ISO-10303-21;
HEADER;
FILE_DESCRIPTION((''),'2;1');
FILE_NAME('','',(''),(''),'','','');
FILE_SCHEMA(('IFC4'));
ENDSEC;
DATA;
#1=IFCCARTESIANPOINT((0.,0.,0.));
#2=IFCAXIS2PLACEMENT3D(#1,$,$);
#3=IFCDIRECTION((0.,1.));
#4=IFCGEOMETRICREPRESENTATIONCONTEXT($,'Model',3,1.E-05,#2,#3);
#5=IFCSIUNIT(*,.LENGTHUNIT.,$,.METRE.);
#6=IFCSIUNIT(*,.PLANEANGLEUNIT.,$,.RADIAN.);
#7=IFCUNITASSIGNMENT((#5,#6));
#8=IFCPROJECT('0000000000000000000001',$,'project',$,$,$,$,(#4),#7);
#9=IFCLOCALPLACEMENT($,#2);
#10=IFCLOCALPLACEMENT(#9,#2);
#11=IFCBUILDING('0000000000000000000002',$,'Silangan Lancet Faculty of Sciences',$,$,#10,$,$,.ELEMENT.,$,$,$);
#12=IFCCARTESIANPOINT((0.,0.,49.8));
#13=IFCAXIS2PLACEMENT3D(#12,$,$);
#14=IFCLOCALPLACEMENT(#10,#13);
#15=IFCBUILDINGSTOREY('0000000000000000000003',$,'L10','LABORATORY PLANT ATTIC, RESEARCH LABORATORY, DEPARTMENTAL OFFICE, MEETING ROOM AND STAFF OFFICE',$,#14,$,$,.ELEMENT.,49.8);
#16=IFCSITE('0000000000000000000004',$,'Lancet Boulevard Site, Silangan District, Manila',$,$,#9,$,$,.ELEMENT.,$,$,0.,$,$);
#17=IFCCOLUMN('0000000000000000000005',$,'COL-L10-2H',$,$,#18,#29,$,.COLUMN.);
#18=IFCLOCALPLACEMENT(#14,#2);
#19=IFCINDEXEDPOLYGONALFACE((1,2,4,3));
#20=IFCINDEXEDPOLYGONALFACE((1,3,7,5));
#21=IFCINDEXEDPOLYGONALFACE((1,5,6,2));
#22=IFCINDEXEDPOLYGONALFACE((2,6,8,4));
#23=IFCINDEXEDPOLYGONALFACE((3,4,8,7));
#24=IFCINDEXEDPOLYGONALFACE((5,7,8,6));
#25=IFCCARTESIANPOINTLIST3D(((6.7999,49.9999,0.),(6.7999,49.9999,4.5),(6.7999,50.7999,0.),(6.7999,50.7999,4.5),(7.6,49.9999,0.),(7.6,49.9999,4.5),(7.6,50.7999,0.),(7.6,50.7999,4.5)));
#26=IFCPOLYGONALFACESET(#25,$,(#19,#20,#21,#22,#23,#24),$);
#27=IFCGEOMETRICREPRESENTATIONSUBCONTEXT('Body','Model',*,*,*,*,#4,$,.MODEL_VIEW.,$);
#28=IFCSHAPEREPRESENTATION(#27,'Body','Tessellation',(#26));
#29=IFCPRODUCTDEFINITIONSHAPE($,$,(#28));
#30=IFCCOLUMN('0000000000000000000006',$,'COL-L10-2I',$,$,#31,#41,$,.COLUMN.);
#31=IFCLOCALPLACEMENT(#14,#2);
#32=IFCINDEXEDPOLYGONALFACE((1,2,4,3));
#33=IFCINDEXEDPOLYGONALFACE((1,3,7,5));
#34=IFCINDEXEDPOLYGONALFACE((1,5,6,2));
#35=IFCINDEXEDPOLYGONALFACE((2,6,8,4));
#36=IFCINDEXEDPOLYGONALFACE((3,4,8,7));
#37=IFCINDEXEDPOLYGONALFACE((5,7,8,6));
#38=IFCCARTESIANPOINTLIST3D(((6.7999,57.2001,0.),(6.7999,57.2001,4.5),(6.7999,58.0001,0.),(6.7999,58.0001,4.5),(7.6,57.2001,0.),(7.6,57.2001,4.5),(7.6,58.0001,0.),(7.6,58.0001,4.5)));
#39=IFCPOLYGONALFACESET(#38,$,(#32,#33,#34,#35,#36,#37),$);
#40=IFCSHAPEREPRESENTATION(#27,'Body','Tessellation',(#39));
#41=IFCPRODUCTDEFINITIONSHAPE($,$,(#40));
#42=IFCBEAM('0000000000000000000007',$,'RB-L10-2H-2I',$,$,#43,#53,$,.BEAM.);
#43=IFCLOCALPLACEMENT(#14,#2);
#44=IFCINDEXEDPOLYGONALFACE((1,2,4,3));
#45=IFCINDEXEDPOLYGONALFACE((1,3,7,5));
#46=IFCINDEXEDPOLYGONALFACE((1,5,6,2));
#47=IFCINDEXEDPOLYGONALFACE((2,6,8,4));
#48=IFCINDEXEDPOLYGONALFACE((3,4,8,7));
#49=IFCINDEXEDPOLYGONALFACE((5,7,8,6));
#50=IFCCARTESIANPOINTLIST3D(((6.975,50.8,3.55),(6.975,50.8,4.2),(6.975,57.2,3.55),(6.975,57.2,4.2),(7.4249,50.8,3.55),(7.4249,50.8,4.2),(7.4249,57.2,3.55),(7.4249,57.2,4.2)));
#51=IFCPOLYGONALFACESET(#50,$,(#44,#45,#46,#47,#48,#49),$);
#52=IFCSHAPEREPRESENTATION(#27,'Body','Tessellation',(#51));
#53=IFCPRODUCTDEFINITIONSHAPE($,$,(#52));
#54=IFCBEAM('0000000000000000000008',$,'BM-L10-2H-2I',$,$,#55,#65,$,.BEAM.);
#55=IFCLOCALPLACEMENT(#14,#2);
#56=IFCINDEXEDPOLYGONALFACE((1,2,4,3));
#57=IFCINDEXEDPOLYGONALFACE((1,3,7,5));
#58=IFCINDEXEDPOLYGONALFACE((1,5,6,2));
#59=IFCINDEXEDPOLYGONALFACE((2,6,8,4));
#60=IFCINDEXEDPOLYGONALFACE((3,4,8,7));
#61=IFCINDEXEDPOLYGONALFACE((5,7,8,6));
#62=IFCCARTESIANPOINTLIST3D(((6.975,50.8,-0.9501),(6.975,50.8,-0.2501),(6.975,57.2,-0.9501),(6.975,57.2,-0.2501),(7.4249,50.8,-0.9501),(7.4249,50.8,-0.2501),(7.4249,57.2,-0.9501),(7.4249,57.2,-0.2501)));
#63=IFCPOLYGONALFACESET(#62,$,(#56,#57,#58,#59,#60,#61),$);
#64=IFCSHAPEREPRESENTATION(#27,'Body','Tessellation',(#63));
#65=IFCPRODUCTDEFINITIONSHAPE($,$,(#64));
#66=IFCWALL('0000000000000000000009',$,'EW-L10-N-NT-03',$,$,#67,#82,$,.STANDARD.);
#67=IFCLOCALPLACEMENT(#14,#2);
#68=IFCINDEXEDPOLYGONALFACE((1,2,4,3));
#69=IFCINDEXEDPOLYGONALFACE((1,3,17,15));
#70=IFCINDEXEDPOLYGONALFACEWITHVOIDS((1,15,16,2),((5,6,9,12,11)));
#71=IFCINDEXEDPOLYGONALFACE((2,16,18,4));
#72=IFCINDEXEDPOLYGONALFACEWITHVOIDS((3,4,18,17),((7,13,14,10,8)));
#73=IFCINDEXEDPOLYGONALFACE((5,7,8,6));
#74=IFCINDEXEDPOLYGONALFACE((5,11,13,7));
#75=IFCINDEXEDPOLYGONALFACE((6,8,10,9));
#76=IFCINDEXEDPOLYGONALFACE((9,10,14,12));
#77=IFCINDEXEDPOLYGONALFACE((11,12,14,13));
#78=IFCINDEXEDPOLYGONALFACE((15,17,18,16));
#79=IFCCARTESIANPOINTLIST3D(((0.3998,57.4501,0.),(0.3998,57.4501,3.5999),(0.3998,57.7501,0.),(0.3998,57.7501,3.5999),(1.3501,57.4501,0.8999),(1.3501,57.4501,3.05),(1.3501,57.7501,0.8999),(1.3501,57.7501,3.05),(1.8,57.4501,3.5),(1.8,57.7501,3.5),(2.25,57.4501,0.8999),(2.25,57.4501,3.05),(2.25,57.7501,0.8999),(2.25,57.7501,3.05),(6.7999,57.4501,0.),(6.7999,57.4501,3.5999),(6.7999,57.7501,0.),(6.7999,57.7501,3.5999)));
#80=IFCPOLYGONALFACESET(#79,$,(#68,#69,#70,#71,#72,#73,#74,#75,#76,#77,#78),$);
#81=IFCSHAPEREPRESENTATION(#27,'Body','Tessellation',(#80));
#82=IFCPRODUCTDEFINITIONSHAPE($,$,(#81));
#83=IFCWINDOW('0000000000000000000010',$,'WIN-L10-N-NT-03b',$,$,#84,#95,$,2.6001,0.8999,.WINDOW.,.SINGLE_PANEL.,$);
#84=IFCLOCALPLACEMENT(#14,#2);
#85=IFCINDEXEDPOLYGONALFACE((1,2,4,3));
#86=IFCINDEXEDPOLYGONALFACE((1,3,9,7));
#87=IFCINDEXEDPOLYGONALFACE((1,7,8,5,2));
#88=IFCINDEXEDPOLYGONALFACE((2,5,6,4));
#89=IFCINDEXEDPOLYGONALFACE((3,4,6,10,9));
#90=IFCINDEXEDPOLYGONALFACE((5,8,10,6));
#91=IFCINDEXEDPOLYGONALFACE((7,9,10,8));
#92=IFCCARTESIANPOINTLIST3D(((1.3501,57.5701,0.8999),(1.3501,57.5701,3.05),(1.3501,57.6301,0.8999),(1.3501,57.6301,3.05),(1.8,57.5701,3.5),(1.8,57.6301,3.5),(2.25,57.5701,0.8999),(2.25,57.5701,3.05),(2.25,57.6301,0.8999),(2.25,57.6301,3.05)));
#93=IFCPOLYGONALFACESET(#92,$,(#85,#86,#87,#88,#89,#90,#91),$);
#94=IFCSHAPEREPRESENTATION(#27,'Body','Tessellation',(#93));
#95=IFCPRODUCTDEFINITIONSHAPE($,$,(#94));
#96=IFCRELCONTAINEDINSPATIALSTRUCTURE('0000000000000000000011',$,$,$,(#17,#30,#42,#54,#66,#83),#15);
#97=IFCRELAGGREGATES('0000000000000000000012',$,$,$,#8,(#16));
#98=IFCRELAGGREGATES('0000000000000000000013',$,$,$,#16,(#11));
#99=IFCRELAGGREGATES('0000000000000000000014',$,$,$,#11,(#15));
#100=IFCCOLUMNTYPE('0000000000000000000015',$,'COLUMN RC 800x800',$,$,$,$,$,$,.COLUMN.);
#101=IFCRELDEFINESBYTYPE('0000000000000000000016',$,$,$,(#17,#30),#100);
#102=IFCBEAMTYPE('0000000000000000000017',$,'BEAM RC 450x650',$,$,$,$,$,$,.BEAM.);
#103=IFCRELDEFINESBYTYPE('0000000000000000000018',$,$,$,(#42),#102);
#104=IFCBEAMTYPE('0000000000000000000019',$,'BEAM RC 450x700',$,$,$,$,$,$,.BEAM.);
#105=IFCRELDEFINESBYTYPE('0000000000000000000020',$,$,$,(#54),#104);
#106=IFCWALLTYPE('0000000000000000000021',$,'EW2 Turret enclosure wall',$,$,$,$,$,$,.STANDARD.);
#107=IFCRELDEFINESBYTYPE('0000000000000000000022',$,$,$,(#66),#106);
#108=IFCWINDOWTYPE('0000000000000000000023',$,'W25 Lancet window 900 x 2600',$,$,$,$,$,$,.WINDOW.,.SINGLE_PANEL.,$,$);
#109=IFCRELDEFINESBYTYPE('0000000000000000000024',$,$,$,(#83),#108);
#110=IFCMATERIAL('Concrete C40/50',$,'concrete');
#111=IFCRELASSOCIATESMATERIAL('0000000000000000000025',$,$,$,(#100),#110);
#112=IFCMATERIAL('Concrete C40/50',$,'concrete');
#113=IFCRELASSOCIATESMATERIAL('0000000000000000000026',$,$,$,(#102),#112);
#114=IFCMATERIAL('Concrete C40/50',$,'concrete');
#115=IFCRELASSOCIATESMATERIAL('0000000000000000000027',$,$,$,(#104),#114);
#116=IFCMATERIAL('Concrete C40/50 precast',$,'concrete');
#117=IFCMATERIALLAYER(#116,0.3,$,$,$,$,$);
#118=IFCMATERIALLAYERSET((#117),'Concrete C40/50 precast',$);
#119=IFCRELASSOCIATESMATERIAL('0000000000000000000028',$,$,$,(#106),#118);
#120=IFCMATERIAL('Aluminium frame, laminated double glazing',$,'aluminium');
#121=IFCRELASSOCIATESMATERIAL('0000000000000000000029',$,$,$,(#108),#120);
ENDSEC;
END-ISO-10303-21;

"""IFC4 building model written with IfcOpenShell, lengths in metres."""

from ifc_helpers import new_model, si_unit, direction, frame, frame_2d, origin, origin_2d, place, context, subcontext, project, spatial, polyline, rectangle, outline, extrude, material, layer, layer_set, material_profile, profile_set, type_object, element, fill, save


model = new_model("IFC4")

# Units and contexts
model_context = context("Model", 3, precision=1e-05, world=origin(), true_north=direction((0.0, 1.0)))
body_context = subcontext(model_context, "Body", "Model", "MODEL_VIEW")
ifc_project = project(units=[si_unit("LENGTHUNIT", "METRE"), si_unit("PLANEANGLEUNIT", "RADIAN")], contexts=[model_context])

# Site, building, storey
site_placement = place(None, origin())
site = spatial("IfcSite", under=ifc_project, at=site_placement, Name="Lancet Boulevard Site, Silangan District, Manila", CompositionType="ELEMENT", RefElevation=0.0)
building_placement = place(site_placement, origin())
building = spatial("IfcBuilding", under=site, at=building_placement, Name="Silangan Lancet Faculty of Sciences", CompositionType="ELEMENT")
storey_placement = place(building_placement, frame((0.0, 0.0, 49.8)))
storey = spatial("IfcBuildingStorey", under=building, at=storey_placement, Name="L10", Description="LABORATORY PLANT ATTIC, RESEARCH LABORATORY, DEPARTMENTAL OFFICE, MEETING ROOM AND STAFF OFFICE", CompositionType="ELEMENT", Elevation=49.8)

# Columns
ifc_material_1 = material(Name="Concrete C40/50", Category="concrete")
ifc_material_profile_1 = material_profile(ifc_material_1, rectangle(XDim=0.8, YDim=0.8, at=origin_2d()), Name="RC 800x800")
ifc_profile_set_1 = profile_set([ifc_material_profile_1], Name="Concrete C40/50")
column_type = type_object("IfcColumnType", Name="COLUMN RC 800x800", PredefinedType="COLUMN", material=ifc_profile_set_1)
for number, where, z_axis, x_axis, name in (
    (1, (7.2, 50.3999, 0.0), (0.0, 0.0, 1.0), (1.0, 0.0, 0.0), "COL-L10-2H"),
    (2, (7.2, 57.6001, 0.0), (0.0, 0.0, 1.0), (1.0, 0.0, 0.0), "COL-L10-2I"),
):
    element("IfcColumn", number, at=place(storey_placement, frame(where, z_axis=z_axis, x_axis=x_axis)), inside=storey, type_object=column_type, Name=name, PredefinedType="COLUMN", context=body_context, shape_type="SweptSolid", body=[
        extrude(rectangle(XDim=0.8, YDim=0.8, at=origin_2d()), origin(), (0.0, 0.0, 1.0), 4.5),
    ])

# Beams
ifc_material_2 = material(Name="Concrete C40/50", Category="concrete")
ifc_material_profile_2 = material_profile(ifc_material_2, rectangle(XDim=0.45, YDim=0.6499, at=origin_2d()), Name="RC 450x650")
ifc_profile_set_2 = profile_set([ifc_material_profile_2], Name="Concrete C40/50")
beam_type_1 = type_object("IfcBeamType", Name="BEAM RC 450x650", PredefinedType="BEAM", material=ifc_profile_set_2)
beam_1_placement = place(storey_placement, frame((7.2, 50.8, 3.875), z_axis=(0.0, 1.0, 0.0), x_axis=(-1.0, 0.0, 0.0)))
element("IfcBeam", 3, at=beam_1_placement, inside=storey, type_object=beam_type_1, Name="RB-L10-2H-2I", PredefinedType="BEAM", context=body_context, shape_type="SweptSolid", body=[
    extrude(rectangle(XDim=0.45, YDim=0.6499, at=origin_2d()), origin(), (0.0, 0.0, 1.0), 6.3999),
])
ifc_material_3 = material(Name="Concrete C40/50", Category="concrete")
ifc_material_profile_3 = material_profile(ifc_material_3, rectangle(XDim=0.45, YDim=0.7, at=origin_2d()), Name="RC 450x700")
ifc_profile_set_3 = profile_set([ifc_material_profile_3], Name="Concrete C40/50")
beam_type_2 = type_object("IfcBeamType", Name="BEAM RC 450x700", PredefinedType="BEAM", material=ifc_profile_set_3)
beam_2_placement = place(storey_placement, frame((7.2, 50.8, -0.6001), z_axis=(0.0, 1.0, 0.0), x_axis=(-1.0, 0.0, 0.0)))
element("IfcBeam", 4, at=beam_2_placement, inside=storey, type_object=beam_type_2, Name="BM-L10-2H-2I", PredefinedType="BEAM", context=body_context, shape_type="SweptSolid", body=[
    extrude(rectangle(XDim=0.45, YDim=0.7, at=origin_2d()), origin(), (0.0, 0.0, 1.0), 6.3999),
])

# Wall, opening, window
ifc_material_4 = material(Name="Concrete C40/50 precast", Category="concrete")
ifc_layer_1 = layer(ifc_material_4, 0.3)
ifc_layer_set_1 = layer_set([ifc_layer_1], Name="Concrete C40/50 precast")
wall_type_1 = type_object("IfcWallType", Name="EW2 Turret enclosure wall", PredefinedType="STANDARD", material=ifc_layer_set_1)
wall_1_placement = place(storey_placement, frame((6.8, 57.6001, 0.0), z_axis=(0.0, 0.0, 1.0), x_axis=(-1.0, 0.0, 0.0)))
wall_1 = element("IfcWall", 5, at=wall_1_placement, inside=storey, type_object=wall_type_1, Name="EW-L10-N-NT-03", PredefinedType="STANDARD", context=body_context, shape_type="SweptSolid", body=[
    extrude(rectangle(XDim=6.4001, YDim=0.3, at=frame_2d((3.2002, 0.0))), origin(), (0.0, 0.0, 1.0), 3.5999),
])
opening_1_placement = place(wall_1_placement, frame((4.55, 0.0, 0.8999)))
opening_1 = element("IfcOpeningElement", 6, at=opening_1_placement, cuts=wall_1, PredefinedType="OPENING", context=body_context, shape_type="SweptSolid", body=[
    extrude(outline(polyline([(0.0, 0.0), (0.8999, 0.0), (0.8999, 2.1501), (0.45, 2.6001), (0.0, 2.1501), (0.0, 0.0)])), frame((0.0, 0.1599, 0.0), z_axis=(0.0, -1.0, 0.0), x_axis=(1.0, 0.0, 0.0)), (0.0, 0.0, 1.0), 0.3201),
])
ifc_material_5 = material(Name="Aluminium frame, laminated double glazing", Category="aluminium")
window_type = type_object("IfcWindowType", Name="W25 Lancet window 900 x 2600", PartitioningType="SINGLE_PANEL", PredefinedType="WINDOW", material=ifc_material_5)
window_placement = place(opening_1_placement, origin())
window = element("IfcWindow", 7, at=window_placement, inside=storey, type_object=window_type, Name="WIN-L10-N-NT-03b", OverallHeight=2.6001, OverallWidth=0.8999, PartitioningType="SINGLE_PANEL", PredefinedType="WINDOW", context=body_context, shape_type="SweptSolid", body=[
    extrude(outline(polyline([(0.0, 0.0), (0.8999, 0.0), (0.8999, 2.1501), (0.45, 2.6001), (0.0, 2.1501), (0.0, 0.0)])), frame((0.0, 0.03, 0.0), z_axis=(0.0, -1.0, 0.0), x_axis=(1.0, 0.0, 0.0)), (0.0, 0.0, 1.0), 0.0601),
])
fill(opening_1, window)

save(model, "model.ifc")
